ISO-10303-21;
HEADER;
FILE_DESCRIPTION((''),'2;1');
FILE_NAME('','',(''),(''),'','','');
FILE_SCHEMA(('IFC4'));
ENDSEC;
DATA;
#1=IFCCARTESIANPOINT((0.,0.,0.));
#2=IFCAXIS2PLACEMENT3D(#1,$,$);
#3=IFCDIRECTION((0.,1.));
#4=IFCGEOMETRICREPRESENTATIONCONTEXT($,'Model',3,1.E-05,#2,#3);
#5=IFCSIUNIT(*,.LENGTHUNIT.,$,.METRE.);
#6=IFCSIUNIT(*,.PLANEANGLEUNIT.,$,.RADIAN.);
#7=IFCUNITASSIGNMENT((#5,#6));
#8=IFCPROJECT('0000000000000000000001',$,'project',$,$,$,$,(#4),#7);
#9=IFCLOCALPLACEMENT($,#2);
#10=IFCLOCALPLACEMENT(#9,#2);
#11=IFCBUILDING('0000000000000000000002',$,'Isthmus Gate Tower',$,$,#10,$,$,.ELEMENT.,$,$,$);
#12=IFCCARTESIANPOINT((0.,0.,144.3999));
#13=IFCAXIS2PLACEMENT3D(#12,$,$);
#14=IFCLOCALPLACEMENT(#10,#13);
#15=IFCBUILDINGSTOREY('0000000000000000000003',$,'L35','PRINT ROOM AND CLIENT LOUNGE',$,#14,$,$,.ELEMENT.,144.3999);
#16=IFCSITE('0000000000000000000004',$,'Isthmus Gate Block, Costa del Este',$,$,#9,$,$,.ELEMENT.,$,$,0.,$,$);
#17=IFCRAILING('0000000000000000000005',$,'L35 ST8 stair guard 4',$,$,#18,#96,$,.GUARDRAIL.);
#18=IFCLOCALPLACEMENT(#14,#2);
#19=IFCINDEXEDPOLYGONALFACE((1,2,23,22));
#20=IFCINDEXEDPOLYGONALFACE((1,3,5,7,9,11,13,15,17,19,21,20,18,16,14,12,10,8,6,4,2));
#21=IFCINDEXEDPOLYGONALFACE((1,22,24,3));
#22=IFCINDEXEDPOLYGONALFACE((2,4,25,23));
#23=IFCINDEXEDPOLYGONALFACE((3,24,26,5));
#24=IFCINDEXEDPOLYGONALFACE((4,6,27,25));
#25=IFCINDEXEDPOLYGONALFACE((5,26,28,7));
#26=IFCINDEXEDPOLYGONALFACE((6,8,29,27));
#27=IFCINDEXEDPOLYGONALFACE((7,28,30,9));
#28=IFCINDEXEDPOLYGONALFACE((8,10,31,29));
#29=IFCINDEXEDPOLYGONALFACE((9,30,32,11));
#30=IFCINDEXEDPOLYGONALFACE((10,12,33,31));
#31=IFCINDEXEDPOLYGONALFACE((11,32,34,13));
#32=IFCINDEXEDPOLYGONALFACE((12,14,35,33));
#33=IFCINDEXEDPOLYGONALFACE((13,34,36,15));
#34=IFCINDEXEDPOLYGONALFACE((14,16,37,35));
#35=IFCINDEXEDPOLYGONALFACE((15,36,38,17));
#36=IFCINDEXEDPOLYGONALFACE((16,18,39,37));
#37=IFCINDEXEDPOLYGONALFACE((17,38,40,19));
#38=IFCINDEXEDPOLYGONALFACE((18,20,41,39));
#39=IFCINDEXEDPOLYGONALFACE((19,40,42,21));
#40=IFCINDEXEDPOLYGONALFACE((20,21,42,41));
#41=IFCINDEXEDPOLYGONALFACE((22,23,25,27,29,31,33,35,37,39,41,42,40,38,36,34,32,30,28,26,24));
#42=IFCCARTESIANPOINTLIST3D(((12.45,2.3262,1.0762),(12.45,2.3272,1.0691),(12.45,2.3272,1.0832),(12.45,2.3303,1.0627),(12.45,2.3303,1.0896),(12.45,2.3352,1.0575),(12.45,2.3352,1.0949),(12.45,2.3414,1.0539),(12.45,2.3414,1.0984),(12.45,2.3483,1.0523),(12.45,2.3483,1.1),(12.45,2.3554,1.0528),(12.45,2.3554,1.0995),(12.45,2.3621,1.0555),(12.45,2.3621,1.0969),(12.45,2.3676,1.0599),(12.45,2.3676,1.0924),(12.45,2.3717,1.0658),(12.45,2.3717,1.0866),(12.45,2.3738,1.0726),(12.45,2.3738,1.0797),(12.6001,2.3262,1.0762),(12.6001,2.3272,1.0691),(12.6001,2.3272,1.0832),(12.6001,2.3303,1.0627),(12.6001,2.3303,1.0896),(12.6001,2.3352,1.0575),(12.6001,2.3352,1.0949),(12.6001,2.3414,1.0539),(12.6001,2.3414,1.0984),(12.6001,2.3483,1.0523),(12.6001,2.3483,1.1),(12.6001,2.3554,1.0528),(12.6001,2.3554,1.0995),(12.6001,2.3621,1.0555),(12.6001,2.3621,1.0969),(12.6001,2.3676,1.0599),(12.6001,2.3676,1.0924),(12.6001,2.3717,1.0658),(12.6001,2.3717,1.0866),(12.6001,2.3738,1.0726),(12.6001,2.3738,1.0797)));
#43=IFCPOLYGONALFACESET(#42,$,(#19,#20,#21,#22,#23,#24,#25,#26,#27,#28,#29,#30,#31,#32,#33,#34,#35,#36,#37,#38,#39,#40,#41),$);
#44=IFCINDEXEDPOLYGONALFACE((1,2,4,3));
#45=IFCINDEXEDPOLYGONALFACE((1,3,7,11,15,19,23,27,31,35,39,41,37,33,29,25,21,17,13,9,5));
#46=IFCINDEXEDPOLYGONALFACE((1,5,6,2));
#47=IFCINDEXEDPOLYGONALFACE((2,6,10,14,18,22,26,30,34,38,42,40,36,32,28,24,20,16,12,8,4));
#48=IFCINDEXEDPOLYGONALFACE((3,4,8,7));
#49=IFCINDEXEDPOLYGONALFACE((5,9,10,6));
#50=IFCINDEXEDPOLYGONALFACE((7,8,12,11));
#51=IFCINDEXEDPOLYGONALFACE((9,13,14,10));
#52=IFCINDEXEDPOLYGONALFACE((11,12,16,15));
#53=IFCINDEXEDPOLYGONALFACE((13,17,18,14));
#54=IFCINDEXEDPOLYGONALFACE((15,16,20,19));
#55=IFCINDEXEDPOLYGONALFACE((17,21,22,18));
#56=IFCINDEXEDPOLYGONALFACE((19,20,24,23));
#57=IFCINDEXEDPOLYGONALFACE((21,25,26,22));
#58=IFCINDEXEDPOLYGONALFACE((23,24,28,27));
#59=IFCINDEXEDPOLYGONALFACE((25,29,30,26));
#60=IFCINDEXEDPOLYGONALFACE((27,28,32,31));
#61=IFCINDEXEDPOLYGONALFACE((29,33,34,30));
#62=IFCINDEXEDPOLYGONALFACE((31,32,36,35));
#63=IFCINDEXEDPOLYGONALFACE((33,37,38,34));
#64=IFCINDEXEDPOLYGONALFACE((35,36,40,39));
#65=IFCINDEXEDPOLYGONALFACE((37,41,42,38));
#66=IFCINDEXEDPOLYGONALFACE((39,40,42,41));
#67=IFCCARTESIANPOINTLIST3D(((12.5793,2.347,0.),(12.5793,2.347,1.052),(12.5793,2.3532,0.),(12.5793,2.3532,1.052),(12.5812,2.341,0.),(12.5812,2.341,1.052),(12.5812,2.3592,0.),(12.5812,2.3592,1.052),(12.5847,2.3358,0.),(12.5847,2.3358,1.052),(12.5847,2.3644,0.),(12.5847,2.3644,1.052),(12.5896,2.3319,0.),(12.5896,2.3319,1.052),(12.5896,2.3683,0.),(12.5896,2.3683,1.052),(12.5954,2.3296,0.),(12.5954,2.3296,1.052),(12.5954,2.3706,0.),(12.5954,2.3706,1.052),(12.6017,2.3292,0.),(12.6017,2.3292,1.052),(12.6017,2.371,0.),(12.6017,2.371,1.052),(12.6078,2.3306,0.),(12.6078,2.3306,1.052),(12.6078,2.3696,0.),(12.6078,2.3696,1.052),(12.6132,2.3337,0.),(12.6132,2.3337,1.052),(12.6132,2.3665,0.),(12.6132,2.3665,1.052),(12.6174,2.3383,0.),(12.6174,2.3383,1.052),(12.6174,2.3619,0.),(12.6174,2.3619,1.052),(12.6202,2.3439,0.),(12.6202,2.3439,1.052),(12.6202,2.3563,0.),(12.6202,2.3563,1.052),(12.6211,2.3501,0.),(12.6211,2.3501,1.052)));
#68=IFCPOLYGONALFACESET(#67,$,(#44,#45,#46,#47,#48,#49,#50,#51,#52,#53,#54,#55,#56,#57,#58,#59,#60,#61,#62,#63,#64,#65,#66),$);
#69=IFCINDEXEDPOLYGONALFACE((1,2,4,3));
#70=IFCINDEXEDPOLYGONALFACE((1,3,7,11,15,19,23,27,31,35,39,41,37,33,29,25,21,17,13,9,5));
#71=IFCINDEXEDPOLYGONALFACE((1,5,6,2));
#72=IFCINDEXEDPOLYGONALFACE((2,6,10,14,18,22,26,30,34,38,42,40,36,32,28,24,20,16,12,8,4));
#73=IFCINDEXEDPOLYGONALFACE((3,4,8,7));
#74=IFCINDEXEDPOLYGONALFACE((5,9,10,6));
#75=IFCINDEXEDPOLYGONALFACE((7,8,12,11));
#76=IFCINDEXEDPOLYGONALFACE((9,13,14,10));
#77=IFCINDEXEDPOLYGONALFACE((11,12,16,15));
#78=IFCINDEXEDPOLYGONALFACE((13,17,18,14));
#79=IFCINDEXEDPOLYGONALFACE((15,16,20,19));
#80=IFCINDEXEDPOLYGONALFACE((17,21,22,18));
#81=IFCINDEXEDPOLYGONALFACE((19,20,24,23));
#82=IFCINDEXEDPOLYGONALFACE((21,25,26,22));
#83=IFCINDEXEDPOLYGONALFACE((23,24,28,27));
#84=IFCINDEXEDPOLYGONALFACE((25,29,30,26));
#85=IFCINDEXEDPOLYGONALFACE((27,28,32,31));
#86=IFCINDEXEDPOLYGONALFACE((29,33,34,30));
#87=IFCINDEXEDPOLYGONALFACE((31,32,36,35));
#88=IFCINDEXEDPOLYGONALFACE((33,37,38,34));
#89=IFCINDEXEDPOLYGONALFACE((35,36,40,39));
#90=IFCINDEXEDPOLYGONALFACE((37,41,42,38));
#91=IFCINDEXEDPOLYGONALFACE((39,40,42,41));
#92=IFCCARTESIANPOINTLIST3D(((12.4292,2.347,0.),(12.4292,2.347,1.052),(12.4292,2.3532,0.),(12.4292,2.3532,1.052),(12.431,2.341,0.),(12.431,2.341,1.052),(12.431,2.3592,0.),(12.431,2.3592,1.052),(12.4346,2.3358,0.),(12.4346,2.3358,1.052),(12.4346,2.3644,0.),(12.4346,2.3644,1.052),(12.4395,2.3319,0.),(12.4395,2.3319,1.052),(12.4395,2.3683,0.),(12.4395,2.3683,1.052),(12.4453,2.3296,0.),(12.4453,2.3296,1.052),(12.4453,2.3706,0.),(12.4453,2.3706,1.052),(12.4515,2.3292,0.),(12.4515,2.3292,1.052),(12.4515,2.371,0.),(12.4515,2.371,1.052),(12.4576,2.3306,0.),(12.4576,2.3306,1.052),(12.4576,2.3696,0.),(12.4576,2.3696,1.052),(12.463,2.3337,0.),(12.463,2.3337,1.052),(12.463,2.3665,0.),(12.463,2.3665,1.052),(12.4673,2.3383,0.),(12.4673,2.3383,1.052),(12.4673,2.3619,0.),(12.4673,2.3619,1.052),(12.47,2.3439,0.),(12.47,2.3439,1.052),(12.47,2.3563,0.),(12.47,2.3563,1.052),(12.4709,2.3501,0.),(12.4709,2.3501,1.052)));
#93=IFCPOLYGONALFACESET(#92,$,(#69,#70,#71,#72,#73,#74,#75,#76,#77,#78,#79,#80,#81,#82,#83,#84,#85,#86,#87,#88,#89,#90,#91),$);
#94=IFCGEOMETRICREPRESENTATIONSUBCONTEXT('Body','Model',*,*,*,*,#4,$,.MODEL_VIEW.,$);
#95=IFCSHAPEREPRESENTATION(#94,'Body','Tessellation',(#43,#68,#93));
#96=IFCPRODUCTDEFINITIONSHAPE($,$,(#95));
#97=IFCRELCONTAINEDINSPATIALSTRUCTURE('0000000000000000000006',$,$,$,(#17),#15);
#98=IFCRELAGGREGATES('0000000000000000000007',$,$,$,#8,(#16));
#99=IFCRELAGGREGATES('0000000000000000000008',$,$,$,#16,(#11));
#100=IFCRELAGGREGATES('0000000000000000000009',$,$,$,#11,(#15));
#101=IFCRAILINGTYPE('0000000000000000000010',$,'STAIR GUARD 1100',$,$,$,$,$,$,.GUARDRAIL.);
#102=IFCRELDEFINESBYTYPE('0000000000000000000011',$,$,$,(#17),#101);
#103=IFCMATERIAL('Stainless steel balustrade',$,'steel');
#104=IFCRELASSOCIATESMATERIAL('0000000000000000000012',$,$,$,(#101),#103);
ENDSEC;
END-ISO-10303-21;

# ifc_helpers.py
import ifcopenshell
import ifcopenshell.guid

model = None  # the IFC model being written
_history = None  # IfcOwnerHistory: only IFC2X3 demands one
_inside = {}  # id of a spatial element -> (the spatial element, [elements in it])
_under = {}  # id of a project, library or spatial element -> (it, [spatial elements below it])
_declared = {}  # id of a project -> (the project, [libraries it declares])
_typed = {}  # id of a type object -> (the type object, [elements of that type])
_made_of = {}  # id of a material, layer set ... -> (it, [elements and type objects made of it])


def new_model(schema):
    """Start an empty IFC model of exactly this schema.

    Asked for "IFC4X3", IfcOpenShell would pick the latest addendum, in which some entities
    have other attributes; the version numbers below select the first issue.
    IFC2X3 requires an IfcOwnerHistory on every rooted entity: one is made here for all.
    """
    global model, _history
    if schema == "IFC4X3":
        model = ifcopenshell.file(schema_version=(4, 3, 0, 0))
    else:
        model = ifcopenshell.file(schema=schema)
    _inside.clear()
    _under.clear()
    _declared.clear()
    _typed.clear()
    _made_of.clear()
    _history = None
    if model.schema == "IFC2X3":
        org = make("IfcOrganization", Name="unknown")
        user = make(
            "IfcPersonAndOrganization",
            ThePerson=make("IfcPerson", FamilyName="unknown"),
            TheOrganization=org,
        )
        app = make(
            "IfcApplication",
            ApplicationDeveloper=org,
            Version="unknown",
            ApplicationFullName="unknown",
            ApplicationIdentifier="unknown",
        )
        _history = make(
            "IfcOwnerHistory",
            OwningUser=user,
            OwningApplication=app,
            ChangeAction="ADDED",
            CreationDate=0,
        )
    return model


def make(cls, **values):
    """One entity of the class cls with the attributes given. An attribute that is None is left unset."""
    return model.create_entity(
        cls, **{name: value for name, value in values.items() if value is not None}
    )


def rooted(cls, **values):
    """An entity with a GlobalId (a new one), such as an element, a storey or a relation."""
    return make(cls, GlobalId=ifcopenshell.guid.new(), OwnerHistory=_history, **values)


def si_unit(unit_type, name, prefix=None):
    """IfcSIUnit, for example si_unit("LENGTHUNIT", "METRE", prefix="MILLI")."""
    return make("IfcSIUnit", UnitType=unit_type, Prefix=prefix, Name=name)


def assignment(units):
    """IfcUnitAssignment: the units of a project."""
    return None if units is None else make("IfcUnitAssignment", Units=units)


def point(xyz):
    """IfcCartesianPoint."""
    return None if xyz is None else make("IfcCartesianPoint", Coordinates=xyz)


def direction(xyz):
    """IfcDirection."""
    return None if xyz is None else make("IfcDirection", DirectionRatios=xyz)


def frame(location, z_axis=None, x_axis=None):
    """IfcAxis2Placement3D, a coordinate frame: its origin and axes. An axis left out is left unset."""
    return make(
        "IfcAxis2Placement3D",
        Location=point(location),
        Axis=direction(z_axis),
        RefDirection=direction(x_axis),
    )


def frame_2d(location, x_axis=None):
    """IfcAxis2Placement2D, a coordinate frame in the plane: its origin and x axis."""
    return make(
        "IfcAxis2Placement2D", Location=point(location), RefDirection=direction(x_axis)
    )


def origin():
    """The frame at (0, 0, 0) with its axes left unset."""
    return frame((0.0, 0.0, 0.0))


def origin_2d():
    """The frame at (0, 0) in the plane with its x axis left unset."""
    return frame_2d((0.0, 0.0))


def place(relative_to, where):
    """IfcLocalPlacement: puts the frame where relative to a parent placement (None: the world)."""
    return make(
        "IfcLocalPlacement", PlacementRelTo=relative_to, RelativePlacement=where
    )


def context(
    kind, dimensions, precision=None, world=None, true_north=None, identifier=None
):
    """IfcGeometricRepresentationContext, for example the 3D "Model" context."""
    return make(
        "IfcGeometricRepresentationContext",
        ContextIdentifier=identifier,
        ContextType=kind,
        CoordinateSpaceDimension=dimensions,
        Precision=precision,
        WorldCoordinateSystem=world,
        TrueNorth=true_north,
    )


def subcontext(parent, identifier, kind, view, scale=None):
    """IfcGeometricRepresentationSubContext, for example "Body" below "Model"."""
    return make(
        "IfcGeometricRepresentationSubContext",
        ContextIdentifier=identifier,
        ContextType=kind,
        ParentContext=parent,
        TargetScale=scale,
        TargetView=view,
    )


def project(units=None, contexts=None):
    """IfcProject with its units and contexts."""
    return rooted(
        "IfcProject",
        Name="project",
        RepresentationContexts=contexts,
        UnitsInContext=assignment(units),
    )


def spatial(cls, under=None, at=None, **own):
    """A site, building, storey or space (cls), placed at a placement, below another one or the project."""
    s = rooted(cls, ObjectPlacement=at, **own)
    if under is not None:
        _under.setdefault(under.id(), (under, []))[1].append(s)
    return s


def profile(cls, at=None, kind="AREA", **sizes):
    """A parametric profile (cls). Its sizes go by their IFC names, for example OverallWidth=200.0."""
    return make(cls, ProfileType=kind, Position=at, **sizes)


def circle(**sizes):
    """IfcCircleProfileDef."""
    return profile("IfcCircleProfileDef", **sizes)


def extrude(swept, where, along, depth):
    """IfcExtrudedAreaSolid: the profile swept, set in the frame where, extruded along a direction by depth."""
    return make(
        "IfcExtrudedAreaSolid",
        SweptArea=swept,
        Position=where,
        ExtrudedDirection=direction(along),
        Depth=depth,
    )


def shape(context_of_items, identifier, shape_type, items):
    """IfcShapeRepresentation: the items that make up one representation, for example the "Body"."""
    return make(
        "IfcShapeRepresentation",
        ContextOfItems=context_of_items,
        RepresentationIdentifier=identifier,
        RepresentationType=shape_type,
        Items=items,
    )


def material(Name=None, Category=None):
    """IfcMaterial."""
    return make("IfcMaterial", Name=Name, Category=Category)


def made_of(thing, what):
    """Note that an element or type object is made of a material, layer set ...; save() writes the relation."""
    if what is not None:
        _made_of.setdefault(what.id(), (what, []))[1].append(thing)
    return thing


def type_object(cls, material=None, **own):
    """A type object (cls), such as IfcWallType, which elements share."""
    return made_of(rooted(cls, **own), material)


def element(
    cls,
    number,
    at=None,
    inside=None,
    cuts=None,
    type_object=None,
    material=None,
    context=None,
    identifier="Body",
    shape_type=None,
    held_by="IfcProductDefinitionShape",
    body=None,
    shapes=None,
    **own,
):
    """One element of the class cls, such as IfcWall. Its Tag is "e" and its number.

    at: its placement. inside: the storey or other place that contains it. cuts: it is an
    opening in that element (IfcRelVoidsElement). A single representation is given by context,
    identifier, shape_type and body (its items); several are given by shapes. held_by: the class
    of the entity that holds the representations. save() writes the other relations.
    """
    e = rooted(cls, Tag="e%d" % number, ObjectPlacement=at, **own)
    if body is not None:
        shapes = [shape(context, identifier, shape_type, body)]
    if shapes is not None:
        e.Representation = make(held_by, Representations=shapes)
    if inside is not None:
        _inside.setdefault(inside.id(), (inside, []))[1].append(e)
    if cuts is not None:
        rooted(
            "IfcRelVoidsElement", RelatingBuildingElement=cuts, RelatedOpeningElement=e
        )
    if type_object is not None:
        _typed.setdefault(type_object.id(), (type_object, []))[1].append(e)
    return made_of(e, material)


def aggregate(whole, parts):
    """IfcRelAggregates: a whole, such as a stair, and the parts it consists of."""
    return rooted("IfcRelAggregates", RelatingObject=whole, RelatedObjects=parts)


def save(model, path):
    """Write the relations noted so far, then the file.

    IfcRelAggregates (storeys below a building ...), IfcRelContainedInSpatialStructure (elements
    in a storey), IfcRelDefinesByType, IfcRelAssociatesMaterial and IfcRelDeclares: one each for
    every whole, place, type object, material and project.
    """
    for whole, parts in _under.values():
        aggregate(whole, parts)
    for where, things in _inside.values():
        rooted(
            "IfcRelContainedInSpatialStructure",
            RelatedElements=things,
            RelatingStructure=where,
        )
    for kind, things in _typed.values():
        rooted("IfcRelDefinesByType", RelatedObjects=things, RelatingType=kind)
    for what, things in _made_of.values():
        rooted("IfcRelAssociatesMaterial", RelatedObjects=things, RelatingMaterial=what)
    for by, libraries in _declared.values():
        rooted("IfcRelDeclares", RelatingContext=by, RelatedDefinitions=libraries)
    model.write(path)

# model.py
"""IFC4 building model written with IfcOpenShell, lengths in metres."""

from ifc_helpers import new_model, si_unit, direction, frame, origin, origin_2d, place, context, subcontext, project, spatial, circle, extrude, material, type_object, element, save


model = new_model("IFC4")

# Units and contexts
model_context = context("Model", 3, precision=1e-05, world=origin(), true_north=direction((0.0, 1.0)))
body_context = subcontext(model_context, "Body", "Model", "MODEL_VIEW")
ifc_project = project(units=[si_unit("LENGTHUNIT", "METRE"), si_unit("PLANEANGLEUNIT", "RADIAN")], contexts=[model_context])

# Site, building, storey
site_placement = place(None, origin())
site = spatial("IfcSite", under=ifc_project, at=site_placement, Name="Isthmus Gate Block, Costa del Este", CompositionType="ELEMENT", RefElevation=0.0)
building_placement = place(site_placement, origin())
building = spatial("IfcBuilding", under=site, at=building_placement, Name="Isthmus Gate Tower", CompositionType="ELEMENT")
storey_placement = place(building_placement, frame((0.0, 0.0, 144.3999)))
storey = spatial("IfcBuildingStorey", under=building, at=storey_placement, Name="L35", Description="PRINT ROOM AND CLIENT LOUNGE", CompositionType="ELEMENT", Elevation=144.3999)

# Railing
ifc_material_1 = material(Name="Stainless steel balustrade", Category="steel")
railing_type_1 = type_object("IfcRailingType", Name="STAIR GUARD 1100", PredefinedType="GUARDRAIL", material=ifc_material_1)
railing_1_placement = place(storey_placement, frame((12.6001, 2.3501, 0.0)))
element("IfcRailing", 1, at=railing_1_placement, inside=storey, type_object=railing_type_1, Name="L35 ST8 stair guard 4", PredefinedType="GUARDRAIL", context=body_context, shape_type="SweptSolid", body=[
    extrude(circle(Radius=0.0239, at=origin_2d()), frame((0.0, 0.0, 1.0762), z_axis=(-1.0, 0.0, 0.0), x_axis=(0.0, -1.0, 0.0)), (0.0, 0.0, 1.0), 0.1501),
    extrude(circle(Radius=0.021, at=origin_2d()), origin(), (0.0, 0.0, 1.0), 1.052),
    extrude(circle(Radius=0.021, at=origin_2d()), frame((-0.1501, 0.0, 0.0)), (0.0, 0.0, 1.0), 1.052),
])

save(model, "model.ifc")
